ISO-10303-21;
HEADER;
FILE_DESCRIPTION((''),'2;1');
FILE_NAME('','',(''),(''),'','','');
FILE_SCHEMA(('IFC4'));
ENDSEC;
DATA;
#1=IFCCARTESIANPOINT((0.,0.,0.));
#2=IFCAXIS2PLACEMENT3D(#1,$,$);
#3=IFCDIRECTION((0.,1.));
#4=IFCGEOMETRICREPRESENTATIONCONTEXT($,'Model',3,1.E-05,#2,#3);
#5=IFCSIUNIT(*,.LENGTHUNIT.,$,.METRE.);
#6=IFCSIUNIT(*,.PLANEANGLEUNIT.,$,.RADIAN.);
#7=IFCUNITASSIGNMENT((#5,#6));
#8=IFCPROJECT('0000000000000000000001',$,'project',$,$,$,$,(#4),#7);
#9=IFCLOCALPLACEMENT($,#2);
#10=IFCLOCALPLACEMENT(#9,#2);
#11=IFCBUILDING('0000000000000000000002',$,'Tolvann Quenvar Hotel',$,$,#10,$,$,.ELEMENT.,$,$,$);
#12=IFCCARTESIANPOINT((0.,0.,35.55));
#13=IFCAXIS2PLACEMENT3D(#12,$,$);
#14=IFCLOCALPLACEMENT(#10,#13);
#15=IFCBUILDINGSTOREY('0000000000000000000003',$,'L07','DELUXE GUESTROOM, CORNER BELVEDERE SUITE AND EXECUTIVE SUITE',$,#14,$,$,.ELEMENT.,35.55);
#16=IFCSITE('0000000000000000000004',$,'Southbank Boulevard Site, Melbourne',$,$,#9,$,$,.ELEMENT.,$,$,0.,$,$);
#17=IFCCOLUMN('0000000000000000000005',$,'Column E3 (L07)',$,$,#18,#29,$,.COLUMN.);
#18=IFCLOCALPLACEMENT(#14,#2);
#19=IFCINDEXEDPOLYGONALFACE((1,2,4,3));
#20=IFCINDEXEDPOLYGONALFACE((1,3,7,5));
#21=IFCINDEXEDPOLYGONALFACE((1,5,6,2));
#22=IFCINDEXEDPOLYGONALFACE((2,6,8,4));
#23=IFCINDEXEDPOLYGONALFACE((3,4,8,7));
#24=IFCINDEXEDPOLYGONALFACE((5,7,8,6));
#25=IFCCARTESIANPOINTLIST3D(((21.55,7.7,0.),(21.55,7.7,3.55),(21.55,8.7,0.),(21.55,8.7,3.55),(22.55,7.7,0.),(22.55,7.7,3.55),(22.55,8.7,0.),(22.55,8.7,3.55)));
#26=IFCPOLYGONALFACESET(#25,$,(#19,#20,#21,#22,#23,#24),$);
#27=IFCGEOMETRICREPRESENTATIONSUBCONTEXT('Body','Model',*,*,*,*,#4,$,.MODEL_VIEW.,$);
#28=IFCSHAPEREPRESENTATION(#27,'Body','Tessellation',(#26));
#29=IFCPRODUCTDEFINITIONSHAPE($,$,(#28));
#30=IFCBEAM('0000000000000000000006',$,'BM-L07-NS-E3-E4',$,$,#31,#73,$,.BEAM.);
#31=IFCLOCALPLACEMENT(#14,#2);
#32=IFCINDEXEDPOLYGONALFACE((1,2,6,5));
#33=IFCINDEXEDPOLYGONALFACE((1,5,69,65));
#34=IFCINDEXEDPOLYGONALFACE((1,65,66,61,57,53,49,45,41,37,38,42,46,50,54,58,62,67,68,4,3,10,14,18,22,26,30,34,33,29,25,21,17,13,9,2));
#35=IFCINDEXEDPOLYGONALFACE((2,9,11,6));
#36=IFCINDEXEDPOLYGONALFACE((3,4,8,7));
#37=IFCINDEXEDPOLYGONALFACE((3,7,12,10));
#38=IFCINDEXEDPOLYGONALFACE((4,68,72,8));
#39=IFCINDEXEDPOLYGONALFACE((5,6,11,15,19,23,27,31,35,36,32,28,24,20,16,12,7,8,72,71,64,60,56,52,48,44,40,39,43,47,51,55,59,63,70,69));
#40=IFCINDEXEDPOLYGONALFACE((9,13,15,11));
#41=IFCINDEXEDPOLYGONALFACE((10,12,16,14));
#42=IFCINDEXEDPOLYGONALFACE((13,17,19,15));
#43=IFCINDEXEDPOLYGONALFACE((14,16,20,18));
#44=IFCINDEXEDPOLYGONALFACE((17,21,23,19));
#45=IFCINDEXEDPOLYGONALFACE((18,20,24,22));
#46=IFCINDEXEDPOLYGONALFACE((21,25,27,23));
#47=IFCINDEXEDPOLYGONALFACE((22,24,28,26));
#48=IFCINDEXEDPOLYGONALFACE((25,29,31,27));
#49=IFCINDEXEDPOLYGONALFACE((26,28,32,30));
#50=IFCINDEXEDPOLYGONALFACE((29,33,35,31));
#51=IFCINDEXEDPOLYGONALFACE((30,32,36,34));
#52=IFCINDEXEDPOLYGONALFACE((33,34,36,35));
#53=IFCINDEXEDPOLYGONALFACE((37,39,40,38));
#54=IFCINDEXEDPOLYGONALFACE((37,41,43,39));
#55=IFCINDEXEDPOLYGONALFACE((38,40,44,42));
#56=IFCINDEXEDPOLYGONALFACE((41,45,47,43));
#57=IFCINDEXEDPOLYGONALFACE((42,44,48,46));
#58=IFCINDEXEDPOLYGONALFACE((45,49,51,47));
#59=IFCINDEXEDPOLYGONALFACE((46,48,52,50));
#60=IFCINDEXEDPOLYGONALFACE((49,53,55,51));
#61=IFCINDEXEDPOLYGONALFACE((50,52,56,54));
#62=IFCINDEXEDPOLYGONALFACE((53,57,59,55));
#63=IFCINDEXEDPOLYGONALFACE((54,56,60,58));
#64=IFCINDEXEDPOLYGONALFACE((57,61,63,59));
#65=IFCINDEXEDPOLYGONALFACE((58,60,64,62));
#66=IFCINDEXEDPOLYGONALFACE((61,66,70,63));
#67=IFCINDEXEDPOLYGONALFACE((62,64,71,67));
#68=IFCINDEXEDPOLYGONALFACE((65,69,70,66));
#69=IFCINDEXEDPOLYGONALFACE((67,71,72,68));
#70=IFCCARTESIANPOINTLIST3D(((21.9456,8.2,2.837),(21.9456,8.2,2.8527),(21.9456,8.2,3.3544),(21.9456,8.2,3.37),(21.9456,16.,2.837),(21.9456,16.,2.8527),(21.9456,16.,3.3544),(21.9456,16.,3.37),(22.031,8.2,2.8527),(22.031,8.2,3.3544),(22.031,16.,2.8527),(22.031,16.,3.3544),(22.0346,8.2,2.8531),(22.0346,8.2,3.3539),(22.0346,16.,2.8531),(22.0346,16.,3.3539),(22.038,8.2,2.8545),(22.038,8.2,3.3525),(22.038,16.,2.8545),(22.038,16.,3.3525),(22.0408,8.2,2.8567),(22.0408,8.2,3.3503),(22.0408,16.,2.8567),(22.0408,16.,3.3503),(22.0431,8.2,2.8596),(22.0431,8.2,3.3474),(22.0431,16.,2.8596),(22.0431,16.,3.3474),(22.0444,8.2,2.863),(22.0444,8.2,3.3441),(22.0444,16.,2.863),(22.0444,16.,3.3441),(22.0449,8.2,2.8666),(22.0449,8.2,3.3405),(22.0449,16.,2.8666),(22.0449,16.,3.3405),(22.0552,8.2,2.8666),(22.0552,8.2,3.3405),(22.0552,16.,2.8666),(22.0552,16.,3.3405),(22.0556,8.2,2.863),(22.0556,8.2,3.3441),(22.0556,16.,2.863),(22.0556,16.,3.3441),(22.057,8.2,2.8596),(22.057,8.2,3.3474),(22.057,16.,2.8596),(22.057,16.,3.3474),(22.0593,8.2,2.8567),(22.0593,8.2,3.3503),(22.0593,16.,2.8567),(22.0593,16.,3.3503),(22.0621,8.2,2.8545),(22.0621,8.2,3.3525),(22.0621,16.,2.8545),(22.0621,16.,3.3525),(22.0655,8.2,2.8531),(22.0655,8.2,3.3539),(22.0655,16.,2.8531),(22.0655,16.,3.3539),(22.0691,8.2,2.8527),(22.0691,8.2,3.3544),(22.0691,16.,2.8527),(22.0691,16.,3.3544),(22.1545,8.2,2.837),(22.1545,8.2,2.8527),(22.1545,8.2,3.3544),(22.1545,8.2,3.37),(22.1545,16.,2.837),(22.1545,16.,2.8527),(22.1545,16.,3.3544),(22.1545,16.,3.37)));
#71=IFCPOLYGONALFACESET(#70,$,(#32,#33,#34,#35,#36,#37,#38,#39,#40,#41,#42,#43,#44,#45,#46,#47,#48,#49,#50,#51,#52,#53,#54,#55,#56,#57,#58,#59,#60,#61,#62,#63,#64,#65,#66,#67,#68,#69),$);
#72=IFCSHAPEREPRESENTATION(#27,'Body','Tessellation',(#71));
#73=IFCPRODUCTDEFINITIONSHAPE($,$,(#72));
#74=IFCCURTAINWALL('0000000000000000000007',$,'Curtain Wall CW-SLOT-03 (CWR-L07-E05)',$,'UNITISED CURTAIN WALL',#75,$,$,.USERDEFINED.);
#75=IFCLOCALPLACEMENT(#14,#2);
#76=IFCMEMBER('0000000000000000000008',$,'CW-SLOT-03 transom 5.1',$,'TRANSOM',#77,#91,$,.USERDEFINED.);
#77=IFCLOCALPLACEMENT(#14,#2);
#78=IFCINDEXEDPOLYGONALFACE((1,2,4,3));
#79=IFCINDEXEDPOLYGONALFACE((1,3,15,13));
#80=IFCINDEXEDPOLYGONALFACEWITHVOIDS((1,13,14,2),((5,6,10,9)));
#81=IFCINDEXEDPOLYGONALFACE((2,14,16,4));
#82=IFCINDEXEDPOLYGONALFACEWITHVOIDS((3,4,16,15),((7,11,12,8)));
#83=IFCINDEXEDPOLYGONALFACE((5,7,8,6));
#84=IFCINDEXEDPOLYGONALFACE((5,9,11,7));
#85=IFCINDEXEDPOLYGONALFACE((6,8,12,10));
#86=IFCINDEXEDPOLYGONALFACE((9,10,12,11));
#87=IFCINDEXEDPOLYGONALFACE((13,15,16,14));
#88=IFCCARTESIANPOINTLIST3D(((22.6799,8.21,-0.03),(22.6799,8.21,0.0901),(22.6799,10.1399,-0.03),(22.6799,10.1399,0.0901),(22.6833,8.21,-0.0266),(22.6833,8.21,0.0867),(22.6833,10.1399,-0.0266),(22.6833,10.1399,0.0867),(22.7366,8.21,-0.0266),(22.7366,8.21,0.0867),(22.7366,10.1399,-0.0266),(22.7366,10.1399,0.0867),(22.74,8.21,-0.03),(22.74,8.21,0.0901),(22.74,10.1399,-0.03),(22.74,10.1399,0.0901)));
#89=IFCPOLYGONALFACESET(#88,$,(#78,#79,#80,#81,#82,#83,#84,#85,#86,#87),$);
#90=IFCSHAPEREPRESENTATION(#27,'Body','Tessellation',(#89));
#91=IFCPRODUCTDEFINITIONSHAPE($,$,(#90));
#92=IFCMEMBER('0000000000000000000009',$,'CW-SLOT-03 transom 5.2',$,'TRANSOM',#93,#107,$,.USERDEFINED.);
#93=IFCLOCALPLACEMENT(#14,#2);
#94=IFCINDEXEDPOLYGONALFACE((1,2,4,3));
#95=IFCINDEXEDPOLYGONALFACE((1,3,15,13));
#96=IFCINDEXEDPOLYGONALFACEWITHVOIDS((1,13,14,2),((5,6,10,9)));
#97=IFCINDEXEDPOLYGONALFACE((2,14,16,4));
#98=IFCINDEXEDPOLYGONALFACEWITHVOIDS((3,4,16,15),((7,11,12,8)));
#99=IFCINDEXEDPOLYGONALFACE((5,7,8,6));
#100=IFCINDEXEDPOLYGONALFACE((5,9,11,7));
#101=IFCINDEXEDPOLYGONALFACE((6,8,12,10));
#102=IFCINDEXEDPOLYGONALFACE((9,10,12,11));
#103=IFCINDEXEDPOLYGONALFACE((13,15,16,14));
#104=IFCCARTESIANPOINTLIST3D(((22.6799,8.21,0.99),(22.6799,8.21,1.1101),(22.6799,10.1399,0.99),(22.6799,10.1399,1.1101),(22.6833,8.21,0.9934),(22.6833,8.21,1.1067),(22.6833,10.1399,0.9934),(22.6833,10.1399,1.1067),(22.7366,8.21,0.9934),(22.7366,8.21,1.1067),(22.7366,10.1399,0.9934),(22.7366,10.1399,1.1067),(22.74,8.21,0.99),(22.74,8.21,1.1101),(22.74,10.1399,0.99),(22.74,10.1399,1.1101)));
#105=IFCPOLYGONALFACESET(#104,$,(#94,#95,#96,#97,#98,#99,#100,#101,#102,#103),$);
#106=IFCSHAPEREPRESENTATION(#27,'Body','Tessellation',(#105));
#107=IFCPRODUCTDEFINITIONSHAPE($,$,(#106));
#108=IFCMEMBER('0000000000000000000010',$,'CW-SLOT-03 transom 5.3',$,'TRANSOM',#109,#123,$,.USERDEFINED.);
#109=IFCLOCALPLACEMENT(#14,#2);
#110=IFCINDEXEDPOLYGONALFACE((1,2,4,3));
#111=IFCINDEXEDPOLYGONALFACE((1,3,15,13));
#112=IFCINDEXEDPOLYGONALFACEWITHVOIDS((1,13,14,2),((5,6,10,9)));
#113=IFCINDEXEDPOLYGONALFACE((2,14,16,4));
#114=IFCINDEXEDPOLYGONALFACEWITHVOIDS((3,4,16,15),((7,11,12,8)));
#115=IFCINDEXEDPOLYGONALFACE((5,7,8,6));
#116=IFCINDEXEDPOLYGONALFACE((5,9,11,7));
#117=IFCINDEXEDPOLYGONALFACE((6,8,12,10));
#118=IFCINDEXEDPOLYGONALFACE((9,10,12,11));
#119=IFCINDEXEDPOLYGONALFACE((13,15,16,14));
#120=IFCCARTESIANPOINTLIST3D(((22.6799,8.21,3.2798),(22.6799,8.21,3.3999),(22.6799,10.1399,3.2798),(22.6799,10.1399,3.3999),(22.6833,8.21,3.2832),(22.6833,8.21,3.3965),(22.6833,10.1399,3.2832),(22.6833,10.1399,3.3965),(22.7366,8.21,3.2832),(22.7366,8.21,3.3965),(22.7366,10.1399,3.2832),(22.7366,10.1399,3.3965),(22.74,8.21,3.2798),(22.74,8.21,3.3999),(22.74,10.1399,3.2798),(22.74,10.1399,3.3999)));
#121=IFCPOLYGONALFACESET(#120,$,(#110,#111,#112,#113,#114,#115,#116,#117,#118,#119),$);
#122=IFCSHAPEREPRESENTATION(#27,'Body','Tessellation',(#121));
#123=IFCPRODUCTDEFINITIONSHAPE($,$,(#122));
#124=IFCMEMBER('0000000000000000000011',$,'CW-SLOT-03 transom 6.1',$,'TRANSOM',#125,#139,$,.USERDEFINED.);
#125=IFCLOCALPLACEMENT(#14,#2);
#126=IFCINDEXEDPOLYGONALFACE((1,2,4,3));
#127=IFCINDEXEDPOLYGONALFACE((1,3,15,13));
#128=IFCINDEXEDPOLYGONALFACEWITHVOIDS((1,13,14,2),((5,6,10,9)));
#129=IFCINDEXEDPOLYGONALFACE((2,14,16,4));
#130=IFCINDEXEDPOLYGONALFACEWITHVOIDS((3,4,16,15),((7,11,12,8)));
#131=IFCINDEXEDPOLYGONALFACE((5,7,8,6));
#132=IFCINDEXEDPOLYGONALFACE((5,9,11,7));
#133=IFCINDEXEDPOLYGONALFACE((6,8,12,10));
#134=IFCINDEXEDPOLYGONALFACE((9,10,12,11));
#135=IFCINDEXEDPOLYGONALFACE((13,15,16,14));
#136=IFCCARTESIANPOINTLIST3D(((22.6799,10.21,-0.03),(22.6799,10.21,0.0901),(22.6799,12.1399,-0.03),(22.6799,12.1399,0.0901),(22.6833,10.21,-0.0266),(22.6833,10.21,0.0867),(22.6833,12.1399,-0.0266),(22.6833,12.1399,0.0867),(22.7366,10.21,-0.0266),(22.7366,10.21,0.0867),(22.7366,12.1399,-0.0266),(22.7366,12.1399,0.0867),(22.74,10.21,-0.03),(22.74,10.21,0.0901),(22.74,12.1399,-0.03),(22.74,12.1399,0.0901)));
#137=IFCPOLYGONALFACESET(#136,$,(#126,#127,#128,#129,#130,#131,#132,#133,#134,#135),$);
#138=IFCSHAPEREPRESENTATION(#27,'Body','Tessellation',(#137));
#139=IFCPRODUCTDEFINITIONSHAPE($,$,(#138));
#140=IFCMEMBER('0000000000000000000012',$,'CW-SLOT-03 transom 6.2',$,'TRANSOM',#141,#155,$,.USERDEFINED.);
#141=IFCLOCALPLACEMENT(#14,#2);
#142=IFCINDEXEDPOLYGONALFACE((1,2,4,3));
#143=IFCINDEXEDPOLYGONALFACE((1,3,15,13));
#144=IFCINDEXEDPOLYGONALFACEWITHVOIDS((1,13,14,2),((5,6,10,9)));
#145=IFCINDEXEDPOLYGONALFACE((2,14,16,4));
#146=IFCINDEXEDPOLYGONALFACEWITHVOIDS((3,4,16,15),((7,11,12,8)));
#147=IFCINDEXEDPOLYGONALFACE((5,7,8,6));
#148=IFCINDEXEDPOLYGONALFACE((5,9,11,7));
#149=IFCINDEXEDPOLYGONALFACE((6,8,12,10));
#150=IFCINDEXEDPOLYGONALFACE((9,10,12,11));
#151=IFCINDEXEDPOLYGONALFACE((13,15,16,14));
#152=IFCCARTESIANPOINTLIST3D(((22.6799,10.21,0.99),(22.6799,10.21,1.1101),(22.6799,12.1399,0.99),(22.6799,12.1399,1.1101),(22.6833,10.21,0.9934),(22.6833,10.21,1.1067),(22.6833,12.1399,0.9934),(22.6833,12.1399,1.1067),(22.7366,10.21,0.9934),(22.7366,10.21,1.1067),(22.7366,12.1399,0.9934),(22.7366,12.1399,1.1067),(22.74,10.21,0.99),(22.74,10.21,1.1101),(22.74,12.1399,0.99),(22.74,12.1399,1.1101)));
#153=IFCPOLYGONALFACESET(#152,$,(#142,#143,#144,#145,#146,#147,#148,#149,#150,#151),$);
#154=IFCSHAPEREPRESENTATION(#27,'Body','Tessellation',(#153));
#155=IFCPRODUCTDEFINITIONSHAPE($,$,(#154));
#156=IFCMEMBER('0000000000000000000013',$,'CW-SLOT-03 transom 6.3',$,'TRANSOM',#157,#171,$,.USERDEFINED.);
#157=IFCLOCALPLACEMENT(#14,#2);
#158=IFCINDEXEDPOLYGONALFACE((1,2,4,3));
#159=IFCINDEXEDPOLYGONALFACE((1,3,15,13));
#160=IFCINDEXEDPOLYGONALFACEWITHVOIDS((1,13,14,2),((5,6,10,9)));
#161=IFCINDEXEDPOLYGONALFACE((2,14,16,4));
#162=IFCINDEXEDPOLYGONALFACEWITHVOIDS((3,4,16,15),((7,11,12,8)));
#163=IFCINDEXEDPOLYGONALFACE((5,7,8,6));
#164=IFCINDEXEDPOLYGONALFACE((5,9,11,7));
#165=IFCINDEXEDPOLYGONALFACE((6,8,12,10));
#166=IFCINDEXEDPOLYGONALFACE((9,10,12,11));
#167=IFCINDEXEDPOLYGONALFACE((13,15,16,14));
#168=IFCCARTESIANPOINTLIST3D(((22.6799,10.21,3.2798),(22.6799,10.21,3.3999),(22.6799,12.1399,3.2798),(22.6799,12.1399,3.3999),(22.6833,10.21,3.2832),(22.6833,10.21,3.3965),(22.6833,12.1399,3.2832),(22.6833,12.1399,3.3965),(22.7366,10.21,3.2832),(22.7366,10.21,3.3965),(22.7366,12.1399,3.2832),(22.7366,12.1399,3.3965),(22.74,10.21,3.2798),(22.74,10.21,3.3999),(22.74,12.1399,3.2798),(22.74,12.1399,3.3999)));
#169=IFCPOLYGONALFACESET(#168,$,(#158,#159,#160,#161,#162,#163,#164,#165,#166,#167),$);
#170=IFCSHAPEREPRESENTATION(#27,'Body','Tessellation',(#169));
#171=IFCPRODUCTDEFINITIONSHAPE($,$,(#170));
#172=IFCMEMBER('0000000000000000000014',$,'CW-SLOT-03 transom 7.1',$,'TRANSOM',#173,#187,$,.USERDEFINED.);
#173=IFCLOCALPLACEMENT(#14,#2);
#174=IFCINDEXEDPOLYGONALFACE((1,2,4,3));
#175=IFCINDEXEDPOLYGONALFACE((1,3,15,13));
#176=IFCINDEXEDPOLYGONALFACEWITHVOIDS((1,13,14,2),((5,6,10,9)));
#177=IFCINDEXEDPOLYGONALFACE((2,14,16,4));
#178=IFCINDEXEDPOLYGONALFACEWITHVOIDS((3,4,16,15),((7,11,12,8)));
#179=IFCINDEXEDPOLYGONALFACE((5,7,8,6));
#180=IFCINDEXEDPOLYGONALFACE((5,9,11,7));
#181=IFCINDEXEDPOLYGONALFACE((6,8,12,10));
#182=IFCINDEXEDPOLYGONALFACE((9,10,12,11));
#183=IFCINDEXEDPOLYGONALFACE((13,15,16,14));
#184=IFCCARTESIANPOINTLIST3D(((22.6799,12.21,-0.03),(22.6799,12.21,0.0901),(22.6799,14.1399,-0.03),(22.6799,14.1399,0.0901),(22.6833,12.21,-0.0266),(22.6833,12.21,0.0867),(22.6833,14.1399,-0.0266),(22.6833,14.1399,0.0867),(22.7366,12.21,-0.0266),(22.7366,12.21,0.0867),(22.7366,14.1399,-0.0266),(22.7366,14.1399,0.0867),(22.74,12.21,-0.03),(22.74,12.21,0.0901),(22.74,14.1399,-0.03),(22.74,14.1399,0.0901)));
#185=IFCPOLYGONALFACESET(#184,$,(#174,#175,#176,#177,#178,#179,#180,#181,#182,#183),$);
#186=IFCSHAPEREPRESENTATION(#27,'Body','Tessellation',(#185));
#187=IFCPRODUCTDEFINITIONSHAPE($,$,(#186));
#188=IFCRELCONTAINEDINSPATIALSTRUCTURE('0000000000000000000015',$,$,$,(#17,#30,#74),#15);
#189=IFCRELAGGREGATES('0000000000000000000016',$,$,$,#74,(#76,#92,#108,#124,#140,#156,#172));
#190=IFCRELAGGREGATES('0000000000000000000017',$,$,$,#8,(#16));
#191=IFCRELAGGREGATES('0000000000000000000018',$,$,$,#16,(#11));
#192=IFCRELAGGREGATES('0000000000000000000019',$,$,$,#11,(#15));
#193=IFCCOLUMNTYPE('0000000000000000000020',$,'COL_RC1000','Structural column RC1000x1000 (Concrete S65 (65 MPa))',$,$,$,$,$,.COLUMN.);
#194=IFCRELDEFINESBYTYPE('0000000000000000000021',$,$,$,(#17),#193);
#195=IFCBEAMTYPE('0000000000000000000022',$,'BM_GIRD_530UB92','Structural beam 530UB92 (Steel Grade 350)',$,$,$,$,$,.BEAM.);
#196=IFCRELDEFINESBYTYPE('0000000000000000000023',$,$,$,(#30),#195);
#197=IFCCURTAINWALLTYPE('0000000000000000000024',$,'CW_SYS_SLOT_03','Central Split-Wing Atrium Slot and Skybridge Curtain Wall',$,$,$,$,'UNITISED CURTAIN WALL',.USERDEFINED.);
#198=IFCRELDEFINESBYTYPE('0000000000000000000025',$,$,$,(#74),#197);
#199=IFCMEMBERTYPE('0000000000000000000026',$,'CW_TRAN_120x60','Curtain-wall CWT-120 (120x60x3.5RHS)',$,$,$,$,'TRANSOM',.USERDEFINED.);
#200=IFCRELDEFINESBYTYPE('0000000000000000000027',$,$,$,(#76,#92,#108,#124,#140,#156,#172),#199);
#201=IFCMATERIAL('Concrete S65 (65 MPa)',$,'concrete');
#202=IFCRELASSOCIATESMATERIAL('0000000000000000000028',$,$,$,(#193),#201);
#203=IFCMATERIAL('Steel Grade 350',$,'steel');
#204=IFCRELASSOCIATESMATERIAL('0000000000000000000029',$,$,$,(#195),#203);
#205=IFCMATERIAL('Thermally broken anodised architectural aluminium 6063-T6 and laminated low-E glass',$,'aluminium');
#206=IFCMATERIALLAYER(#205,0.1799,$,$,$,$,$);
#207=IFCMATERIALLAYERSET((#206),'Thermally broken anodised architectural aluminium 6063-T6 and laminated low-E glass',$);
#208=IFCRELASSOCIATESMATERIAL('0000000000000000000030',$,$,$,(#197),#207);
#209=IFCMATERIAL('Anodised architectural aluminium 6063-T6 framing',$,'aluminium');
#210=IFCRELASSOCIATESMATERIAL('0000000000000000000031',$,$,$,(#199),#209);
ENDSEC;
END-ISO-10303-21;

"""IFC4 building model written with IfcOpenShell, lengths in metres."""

from ifc_helpers import new_model, si_unit, direction, frame, origin, origin_2d, place, context, subcontext, project, spatial, rectangle, hollow_rectangle, i_section, extrude, source, transform, mapped, material, layer, layer_set, material_profile, profile_set, type_object, type_shapes, element, aggregate, save


model = new_model("IFC4")

# Units and contexts
model_context = context("Model", 3, precision=1e-05, world=origin(), true_north=direction((0.0, 1.0)))
body_context = subcontext(model_context, "Body", "Model", "MODEL_VIEW")
ifc_project = project(units=[si_unit("LENGTHUNIT", "METRE"), si_unit("PLANEANGLEUNIT", "RADIAN")], contexts=[model_context])

# Site, building, storey
site_placement = place(None, origin())
site = spatial("IfcSite", under=ifc_project, at=site_placement, Name="Southbank Boulevard Site, Melbourne", CompositionType="ELEMENT", RefElevation=0.0)
building_placement = place(site_placement, origin())
building = spatial("IfcBuilding", under=site, at=building_placement, Name="Tolvann Quenvar Hotel", CompositionType="ELEMENT")
storey_placement = place(building_placement, frame((0.0, 0.0, 35.55)))
storey = spatial("IfcBuildingStorey", under=building, at=storey_placement, Name="L07", Description="DELUXE GUESTROOM, CORNER BELVEDERE SUITE AND EXECUTIVE SUITE", CompositionType="ELEMENT", Elevation=35.55)

# Column
ifc_material_1 = material(Name="Concrete S65 (65 MPa)", Category="concrete")
ifc_material_profile_1 = material_profile(ifc_material_1, rectangle(XDim=1.0, YDim=1.0, at=origin_2d()), Name="RC1000x1000")
ifc_profile_set_1 = profile_set([ifc_material_profile_1], Name="Concrete S65 (65 MPa)")
column_type = type_object("IfcColumnType", Name="COL_RC1000", Description="Structural column RC1000x1000 (Concrete S65 (65 MPa))", PredefinedType="COLUMN", material=ifc_profile_set_1)
shared_shape_1 = source(origin(), body_context, "Body", "SweptSolid", [
    extrude(rectangle(XDim=1.0, YDim=1.0, at=origin_2d()), origin(), (0.0, 0.0, 1.0), 3.55),
])
type_shapes(column_type, [shared_shape_1])
column_placement = place(storey_placement, frame((22.05, 8.2, 0.0), z_axis=(0.0, 0.0, 1.0), x_axis=(1.0, 0.0, 0.0)))
element("IfcColumn", 1, at=column_placement, inside=storey, type_object=column_type, Name="Column E3 (L07)", PredefinedType="COLUMN", context=body_context, shape_type="MappedRepresentation", body=[
    mapped(shared_shape_1, transform((0.0, 0.0, 0.0), x_axis=(1.0, 0.0, 0.0), y_axis=(0.0, 1.0, 0.0), z_axis=(0.0, 0.0, 1.0), scale=1.0)),
])

# Beam
ifc_material_2 = material(Name="Steel Grade 350", Category="steel")
ifc_material_profile_2 = material_profile(ifc_material_2, i_section(OverallWidth=0.209, OverallDepth=0.533, WebThickness=0.0103, FlangeThickness=0.0156, FilletRadius=0.0139, at=origin_2d()), Name="530UB92")
ifc_profile_set_2 = profile_set([ifc_material_profile_2], Name="Steel Grade 350")
beam_type = type_object("IfcBeamType", Name="BM_GIRD_530UB92", Description="Structural beam 530UB92 (Steel Grade 350)", PredefinedType="BEAM", material=ifc_profile_set_2)
shared_shape_2 = source(origin(), body_context, "Body", "SweptSolid", [
    extrude(i_section(OverallWidth=0.209, OverallDepth=0.533, WebThickness=0.0103, FlangeThickness=0.0156, FilletRadius=0.0139, at=origin_2d()), origin(), (0.0, 0.0, 1.0), 7.8),
])
type_shapes(beam_type, [shared_shape_2])
beam_placement = place(storey_placement, frame((22.05, 8.2, 3.1035), z_axis=(0.0, 1.0, 0.0), x_axis=(-1.0, 0.0, 0.0)))
element("IfcBeam", 2, at=beam_placement, inside=storey, type_object=beam_type, Name="BM-L07-NS-E3-E4", PredefinedType="BEAM", context=body_context, shape_type="MappedRepresentation", body=[
    mapped(shared_shape_2, transform((0.0, 0.0, 0.0), x_axis=(1.0, 0.0, 0.0), y_axis=(0.0, 1.0, 0.0), z_axis=(0.0, 0.0, 1.0), scale=1.0)),
])

# Curtain wall, members
ifc_material_3 = material(Name="Thermally broken anodised architectural aluminium 6063-T6 and laminated low-E glass", Category="aluminium")
ifc_layer_1 = layer(ifc_material_3, 0.1799)
ifc_layer_set_1 = layer_set([ifc_layer_1], Name="Thermally broken anodised architectural aluminium 6063-T6 and laminated low-E glass")
curtain_wall_type = type_object("IfcCurtainWallType", Name="CW_SYS_SLOT_03", Description="Central Split-Wing Atrium Slot and Skybridge Curtain Wall", ElementType="UNITISED CURTAIN WALL", PredefinedType="USERDEFINED", material=ifc_layer_set_1)
curtain_wall_placement = place(storey_placement, origin())
curtain_wall = element("IfcCurtainWall", 3, at=curtain_wall_placement, inside=storey, type_object=curtain_wall_type, Name="Curtain Wall CW-SLOT-03 (CWR-L07-E05)", ObjectType="UNITISED CURTAIN WALL", PredefinedType="USERDEFINED")
ifc_material_4 = material(Name="Anodised architectural aluminium 6063-T6 framing", Category="aluminium")
ifc_material_profile_3 = material_profile(ifc_material_4, hollow_rectangle(XDim=0.0601, YDim=0.1201, WallThickness=0.0034, at=origin_2d()), Name="120x60x3.5RHS")
ifc_profile_set_3 = profile_set([ifc_material_profile_3], Name="Anodised architectural aluminium 6063-T6 framing")
member_type_1 = type_object("IfcMemberType", Name="CW_TRAN_120x60", Description="Curtain-wall CWT-120 (120x60x3.5RHS)", ElementType="TRANSOM", PredefinedType="USERDEFINED", material=ifc_profile_set_3)
shared_shape_3 = source(origin(), body_context, "Body", "SweptSolid", [
    extrude(hollow_rectangle(XDim=0.0601, YDim=0.1201, WallThickness=0.0034, at=origin_2d()), origin(), (0.0, 0.0, 1.0), 1.9299),
])
member_1_placement = place(storey_placement, frame((22.71, 8.21, 0.03), z_axis=(0.0, 1.0, 0.0), x_axis=(-1.0, 0.0, 0.0)))
member_1 = element("IfcMember", 4, at=member_1_placement, type_object=member_type_1, Name="CW-SLOT-03 transom 5.1", ObjectType="TRANSOM", PredefinedType="USERDEFINED", context=body_context, shape_type="MappedRepresentation", body=[
    mapped(shared_shape_3, transform((0.0, 0.0, 0.0), x_axis=(1.0, 0.0, 0.0), y_axis=(0.0, 1.0, 0.0), z_axis=(0.0, 0.0, 1.0), scale=1.0)),
])
member_2_placement = place(storey_placement, frame((22.71, 8.21, 1.05), z_axis=(0.0, 1.0, 0.0), x_axis=(-1.0, 0.0, 0.0)))
member_2 = element("IfcMember", 5, at=member_2_placement, type_object=member_type_1, Name="CW-SLOT-03 transom 5.2", ObjectType="TRANSOM", PredefinedType="USERDEFINED", context=body_context, shape_type="MappedRepresentation", body=[
    mapped(shared_shape_3, transform((0.0, 0.0, 0.0), x_axis=(1.0, 0.0, 0.0), y_axis=(0.0, 1.0, 0.0), z_axis=(0.0, 0.0, 1.0), scale=1.0)),
])
member_3_placement = place(storey_placement, frame((22.71, 8.21, 3.3398), z_axis=(0.0, 1.0, 0.0), x_axis=(-1.0, 0.0, 0.0)))
member_3 = element("IfcMember", 6, at=member_3_placement, type_object=member_type_1, Name="CW-SLOT-03 transom 5.3", ObjectType="TRANSOM", PredefinedType="USERDEFINED", context=body_context, shape_type="MappedRepresentation", body=[
    mapped(shared_shape_3, transform((0.0, 0.0, 0.0), x_axis=(1.0, 0.0, 0.0), y_axis=(0.0, 1.0, 0.0), z_axis=(0.0, 0.0, 1.0), scale=1.0)),
])
member_4_placement = place(storey_placement, frame((22.71, 10.21, 0.03), z_axis=(0.0, 1.0, 0.0), x_axis=(-1.0, 0.0, 0.0)))
member_4 = element("IfcMember", 7, at=member_4_placement, type_object=member_type_1, Name="CW-SLOT-03 transom 6.1", ObjectType="TRANSOM", PredefinedType="USERDEFINED", context=body_context, shape_type="MappedRepresentation", body=[
    mapped(shared_shape_3, transform((0.0, 0.0, 0.0), x_axis=(1.0, 0.0, 0.0), y_axis=(0.0, 1.0, 0.0), z_axis=(0.0, 0.0, 1.0), scale=1.0)),
])
member_5_placement = place(storey_placement, frame((22.71, 10.21, 1.05), z_axis=(0.0, 1.0, 0.0), x_axis=(-1.0, 0.0, 0.0)))
member_5 = element("IfcMember", 8, at=member_5_placement, type_object=member_type_1, Name="CW-SLOT-03 transom 6.2", ObjectType="TRANSOM", PredefinedType="USERDEFINED", context=body_context, shape_type="MappedRepresentation", body=[
    mapped(shared_shape_3, transform((0.0, 0.0, 0.0), x_axis=(1.0, 0.0, 0.0), y_axis=(0.0, 1.0, 0.0), z_axis=(0.0, 0.0, 1.0), scale=1.0)),
])
member_6_placement = place(storey_placement, frame((22.71, 10.21, 3.3398), z_axis=(0.0, 1.0, 0.0), x_axis=(-1.0, 0.0, 0.0)))
member_6 = element("IfcMember", 9, at=member_6_placement, type_object=member_type_1, Name="CW-SLOT-03 transom 6.3", ObjectType="TRANSOM", PredefinedType="USERDEFINED", context=body_context, shape_type="MappedRepresentation", body=[
    mapped(shared_shape_3, transform((0.0, 0.0, 0.0), x_axis=(1.0, 0.0, 0.0), y_axis=(0.0, 1.0, 0.0), z_axis=(0.0, 0.0, 1.0), scale=1.0)),
])
member_7_placement = place(storey_placement, frame((22.71, 12.21, 0.03), z_axis=(0.0, 1.0, 0.0), x_axis=(-1.0, 0.0, 0.0)))
member_7 = element("IfcMember", 10, at=member_7_placement, type_object=member_type_1, Name="CW-SLOT-03 transom 7.1", ObjectType="TRANSOM", PredefinedType="USERDEFINED", context=body_context, shape_type="MappedRepresentation", body=[
    mapped(shared_shape_3, transform((0.0, 0.0, 0.0), x_axis=(1.0, 0.0, 0.0), y_axis=(0.0, 1.0, 0.0), z_axis=(0.0, 0.0, 1.0), scale=1.0)),
])
aggregate(curtain_wall, [member_1, member_2, member_3, member_4, member_5, member_6, member_7])

save(model, "model.ifc")
